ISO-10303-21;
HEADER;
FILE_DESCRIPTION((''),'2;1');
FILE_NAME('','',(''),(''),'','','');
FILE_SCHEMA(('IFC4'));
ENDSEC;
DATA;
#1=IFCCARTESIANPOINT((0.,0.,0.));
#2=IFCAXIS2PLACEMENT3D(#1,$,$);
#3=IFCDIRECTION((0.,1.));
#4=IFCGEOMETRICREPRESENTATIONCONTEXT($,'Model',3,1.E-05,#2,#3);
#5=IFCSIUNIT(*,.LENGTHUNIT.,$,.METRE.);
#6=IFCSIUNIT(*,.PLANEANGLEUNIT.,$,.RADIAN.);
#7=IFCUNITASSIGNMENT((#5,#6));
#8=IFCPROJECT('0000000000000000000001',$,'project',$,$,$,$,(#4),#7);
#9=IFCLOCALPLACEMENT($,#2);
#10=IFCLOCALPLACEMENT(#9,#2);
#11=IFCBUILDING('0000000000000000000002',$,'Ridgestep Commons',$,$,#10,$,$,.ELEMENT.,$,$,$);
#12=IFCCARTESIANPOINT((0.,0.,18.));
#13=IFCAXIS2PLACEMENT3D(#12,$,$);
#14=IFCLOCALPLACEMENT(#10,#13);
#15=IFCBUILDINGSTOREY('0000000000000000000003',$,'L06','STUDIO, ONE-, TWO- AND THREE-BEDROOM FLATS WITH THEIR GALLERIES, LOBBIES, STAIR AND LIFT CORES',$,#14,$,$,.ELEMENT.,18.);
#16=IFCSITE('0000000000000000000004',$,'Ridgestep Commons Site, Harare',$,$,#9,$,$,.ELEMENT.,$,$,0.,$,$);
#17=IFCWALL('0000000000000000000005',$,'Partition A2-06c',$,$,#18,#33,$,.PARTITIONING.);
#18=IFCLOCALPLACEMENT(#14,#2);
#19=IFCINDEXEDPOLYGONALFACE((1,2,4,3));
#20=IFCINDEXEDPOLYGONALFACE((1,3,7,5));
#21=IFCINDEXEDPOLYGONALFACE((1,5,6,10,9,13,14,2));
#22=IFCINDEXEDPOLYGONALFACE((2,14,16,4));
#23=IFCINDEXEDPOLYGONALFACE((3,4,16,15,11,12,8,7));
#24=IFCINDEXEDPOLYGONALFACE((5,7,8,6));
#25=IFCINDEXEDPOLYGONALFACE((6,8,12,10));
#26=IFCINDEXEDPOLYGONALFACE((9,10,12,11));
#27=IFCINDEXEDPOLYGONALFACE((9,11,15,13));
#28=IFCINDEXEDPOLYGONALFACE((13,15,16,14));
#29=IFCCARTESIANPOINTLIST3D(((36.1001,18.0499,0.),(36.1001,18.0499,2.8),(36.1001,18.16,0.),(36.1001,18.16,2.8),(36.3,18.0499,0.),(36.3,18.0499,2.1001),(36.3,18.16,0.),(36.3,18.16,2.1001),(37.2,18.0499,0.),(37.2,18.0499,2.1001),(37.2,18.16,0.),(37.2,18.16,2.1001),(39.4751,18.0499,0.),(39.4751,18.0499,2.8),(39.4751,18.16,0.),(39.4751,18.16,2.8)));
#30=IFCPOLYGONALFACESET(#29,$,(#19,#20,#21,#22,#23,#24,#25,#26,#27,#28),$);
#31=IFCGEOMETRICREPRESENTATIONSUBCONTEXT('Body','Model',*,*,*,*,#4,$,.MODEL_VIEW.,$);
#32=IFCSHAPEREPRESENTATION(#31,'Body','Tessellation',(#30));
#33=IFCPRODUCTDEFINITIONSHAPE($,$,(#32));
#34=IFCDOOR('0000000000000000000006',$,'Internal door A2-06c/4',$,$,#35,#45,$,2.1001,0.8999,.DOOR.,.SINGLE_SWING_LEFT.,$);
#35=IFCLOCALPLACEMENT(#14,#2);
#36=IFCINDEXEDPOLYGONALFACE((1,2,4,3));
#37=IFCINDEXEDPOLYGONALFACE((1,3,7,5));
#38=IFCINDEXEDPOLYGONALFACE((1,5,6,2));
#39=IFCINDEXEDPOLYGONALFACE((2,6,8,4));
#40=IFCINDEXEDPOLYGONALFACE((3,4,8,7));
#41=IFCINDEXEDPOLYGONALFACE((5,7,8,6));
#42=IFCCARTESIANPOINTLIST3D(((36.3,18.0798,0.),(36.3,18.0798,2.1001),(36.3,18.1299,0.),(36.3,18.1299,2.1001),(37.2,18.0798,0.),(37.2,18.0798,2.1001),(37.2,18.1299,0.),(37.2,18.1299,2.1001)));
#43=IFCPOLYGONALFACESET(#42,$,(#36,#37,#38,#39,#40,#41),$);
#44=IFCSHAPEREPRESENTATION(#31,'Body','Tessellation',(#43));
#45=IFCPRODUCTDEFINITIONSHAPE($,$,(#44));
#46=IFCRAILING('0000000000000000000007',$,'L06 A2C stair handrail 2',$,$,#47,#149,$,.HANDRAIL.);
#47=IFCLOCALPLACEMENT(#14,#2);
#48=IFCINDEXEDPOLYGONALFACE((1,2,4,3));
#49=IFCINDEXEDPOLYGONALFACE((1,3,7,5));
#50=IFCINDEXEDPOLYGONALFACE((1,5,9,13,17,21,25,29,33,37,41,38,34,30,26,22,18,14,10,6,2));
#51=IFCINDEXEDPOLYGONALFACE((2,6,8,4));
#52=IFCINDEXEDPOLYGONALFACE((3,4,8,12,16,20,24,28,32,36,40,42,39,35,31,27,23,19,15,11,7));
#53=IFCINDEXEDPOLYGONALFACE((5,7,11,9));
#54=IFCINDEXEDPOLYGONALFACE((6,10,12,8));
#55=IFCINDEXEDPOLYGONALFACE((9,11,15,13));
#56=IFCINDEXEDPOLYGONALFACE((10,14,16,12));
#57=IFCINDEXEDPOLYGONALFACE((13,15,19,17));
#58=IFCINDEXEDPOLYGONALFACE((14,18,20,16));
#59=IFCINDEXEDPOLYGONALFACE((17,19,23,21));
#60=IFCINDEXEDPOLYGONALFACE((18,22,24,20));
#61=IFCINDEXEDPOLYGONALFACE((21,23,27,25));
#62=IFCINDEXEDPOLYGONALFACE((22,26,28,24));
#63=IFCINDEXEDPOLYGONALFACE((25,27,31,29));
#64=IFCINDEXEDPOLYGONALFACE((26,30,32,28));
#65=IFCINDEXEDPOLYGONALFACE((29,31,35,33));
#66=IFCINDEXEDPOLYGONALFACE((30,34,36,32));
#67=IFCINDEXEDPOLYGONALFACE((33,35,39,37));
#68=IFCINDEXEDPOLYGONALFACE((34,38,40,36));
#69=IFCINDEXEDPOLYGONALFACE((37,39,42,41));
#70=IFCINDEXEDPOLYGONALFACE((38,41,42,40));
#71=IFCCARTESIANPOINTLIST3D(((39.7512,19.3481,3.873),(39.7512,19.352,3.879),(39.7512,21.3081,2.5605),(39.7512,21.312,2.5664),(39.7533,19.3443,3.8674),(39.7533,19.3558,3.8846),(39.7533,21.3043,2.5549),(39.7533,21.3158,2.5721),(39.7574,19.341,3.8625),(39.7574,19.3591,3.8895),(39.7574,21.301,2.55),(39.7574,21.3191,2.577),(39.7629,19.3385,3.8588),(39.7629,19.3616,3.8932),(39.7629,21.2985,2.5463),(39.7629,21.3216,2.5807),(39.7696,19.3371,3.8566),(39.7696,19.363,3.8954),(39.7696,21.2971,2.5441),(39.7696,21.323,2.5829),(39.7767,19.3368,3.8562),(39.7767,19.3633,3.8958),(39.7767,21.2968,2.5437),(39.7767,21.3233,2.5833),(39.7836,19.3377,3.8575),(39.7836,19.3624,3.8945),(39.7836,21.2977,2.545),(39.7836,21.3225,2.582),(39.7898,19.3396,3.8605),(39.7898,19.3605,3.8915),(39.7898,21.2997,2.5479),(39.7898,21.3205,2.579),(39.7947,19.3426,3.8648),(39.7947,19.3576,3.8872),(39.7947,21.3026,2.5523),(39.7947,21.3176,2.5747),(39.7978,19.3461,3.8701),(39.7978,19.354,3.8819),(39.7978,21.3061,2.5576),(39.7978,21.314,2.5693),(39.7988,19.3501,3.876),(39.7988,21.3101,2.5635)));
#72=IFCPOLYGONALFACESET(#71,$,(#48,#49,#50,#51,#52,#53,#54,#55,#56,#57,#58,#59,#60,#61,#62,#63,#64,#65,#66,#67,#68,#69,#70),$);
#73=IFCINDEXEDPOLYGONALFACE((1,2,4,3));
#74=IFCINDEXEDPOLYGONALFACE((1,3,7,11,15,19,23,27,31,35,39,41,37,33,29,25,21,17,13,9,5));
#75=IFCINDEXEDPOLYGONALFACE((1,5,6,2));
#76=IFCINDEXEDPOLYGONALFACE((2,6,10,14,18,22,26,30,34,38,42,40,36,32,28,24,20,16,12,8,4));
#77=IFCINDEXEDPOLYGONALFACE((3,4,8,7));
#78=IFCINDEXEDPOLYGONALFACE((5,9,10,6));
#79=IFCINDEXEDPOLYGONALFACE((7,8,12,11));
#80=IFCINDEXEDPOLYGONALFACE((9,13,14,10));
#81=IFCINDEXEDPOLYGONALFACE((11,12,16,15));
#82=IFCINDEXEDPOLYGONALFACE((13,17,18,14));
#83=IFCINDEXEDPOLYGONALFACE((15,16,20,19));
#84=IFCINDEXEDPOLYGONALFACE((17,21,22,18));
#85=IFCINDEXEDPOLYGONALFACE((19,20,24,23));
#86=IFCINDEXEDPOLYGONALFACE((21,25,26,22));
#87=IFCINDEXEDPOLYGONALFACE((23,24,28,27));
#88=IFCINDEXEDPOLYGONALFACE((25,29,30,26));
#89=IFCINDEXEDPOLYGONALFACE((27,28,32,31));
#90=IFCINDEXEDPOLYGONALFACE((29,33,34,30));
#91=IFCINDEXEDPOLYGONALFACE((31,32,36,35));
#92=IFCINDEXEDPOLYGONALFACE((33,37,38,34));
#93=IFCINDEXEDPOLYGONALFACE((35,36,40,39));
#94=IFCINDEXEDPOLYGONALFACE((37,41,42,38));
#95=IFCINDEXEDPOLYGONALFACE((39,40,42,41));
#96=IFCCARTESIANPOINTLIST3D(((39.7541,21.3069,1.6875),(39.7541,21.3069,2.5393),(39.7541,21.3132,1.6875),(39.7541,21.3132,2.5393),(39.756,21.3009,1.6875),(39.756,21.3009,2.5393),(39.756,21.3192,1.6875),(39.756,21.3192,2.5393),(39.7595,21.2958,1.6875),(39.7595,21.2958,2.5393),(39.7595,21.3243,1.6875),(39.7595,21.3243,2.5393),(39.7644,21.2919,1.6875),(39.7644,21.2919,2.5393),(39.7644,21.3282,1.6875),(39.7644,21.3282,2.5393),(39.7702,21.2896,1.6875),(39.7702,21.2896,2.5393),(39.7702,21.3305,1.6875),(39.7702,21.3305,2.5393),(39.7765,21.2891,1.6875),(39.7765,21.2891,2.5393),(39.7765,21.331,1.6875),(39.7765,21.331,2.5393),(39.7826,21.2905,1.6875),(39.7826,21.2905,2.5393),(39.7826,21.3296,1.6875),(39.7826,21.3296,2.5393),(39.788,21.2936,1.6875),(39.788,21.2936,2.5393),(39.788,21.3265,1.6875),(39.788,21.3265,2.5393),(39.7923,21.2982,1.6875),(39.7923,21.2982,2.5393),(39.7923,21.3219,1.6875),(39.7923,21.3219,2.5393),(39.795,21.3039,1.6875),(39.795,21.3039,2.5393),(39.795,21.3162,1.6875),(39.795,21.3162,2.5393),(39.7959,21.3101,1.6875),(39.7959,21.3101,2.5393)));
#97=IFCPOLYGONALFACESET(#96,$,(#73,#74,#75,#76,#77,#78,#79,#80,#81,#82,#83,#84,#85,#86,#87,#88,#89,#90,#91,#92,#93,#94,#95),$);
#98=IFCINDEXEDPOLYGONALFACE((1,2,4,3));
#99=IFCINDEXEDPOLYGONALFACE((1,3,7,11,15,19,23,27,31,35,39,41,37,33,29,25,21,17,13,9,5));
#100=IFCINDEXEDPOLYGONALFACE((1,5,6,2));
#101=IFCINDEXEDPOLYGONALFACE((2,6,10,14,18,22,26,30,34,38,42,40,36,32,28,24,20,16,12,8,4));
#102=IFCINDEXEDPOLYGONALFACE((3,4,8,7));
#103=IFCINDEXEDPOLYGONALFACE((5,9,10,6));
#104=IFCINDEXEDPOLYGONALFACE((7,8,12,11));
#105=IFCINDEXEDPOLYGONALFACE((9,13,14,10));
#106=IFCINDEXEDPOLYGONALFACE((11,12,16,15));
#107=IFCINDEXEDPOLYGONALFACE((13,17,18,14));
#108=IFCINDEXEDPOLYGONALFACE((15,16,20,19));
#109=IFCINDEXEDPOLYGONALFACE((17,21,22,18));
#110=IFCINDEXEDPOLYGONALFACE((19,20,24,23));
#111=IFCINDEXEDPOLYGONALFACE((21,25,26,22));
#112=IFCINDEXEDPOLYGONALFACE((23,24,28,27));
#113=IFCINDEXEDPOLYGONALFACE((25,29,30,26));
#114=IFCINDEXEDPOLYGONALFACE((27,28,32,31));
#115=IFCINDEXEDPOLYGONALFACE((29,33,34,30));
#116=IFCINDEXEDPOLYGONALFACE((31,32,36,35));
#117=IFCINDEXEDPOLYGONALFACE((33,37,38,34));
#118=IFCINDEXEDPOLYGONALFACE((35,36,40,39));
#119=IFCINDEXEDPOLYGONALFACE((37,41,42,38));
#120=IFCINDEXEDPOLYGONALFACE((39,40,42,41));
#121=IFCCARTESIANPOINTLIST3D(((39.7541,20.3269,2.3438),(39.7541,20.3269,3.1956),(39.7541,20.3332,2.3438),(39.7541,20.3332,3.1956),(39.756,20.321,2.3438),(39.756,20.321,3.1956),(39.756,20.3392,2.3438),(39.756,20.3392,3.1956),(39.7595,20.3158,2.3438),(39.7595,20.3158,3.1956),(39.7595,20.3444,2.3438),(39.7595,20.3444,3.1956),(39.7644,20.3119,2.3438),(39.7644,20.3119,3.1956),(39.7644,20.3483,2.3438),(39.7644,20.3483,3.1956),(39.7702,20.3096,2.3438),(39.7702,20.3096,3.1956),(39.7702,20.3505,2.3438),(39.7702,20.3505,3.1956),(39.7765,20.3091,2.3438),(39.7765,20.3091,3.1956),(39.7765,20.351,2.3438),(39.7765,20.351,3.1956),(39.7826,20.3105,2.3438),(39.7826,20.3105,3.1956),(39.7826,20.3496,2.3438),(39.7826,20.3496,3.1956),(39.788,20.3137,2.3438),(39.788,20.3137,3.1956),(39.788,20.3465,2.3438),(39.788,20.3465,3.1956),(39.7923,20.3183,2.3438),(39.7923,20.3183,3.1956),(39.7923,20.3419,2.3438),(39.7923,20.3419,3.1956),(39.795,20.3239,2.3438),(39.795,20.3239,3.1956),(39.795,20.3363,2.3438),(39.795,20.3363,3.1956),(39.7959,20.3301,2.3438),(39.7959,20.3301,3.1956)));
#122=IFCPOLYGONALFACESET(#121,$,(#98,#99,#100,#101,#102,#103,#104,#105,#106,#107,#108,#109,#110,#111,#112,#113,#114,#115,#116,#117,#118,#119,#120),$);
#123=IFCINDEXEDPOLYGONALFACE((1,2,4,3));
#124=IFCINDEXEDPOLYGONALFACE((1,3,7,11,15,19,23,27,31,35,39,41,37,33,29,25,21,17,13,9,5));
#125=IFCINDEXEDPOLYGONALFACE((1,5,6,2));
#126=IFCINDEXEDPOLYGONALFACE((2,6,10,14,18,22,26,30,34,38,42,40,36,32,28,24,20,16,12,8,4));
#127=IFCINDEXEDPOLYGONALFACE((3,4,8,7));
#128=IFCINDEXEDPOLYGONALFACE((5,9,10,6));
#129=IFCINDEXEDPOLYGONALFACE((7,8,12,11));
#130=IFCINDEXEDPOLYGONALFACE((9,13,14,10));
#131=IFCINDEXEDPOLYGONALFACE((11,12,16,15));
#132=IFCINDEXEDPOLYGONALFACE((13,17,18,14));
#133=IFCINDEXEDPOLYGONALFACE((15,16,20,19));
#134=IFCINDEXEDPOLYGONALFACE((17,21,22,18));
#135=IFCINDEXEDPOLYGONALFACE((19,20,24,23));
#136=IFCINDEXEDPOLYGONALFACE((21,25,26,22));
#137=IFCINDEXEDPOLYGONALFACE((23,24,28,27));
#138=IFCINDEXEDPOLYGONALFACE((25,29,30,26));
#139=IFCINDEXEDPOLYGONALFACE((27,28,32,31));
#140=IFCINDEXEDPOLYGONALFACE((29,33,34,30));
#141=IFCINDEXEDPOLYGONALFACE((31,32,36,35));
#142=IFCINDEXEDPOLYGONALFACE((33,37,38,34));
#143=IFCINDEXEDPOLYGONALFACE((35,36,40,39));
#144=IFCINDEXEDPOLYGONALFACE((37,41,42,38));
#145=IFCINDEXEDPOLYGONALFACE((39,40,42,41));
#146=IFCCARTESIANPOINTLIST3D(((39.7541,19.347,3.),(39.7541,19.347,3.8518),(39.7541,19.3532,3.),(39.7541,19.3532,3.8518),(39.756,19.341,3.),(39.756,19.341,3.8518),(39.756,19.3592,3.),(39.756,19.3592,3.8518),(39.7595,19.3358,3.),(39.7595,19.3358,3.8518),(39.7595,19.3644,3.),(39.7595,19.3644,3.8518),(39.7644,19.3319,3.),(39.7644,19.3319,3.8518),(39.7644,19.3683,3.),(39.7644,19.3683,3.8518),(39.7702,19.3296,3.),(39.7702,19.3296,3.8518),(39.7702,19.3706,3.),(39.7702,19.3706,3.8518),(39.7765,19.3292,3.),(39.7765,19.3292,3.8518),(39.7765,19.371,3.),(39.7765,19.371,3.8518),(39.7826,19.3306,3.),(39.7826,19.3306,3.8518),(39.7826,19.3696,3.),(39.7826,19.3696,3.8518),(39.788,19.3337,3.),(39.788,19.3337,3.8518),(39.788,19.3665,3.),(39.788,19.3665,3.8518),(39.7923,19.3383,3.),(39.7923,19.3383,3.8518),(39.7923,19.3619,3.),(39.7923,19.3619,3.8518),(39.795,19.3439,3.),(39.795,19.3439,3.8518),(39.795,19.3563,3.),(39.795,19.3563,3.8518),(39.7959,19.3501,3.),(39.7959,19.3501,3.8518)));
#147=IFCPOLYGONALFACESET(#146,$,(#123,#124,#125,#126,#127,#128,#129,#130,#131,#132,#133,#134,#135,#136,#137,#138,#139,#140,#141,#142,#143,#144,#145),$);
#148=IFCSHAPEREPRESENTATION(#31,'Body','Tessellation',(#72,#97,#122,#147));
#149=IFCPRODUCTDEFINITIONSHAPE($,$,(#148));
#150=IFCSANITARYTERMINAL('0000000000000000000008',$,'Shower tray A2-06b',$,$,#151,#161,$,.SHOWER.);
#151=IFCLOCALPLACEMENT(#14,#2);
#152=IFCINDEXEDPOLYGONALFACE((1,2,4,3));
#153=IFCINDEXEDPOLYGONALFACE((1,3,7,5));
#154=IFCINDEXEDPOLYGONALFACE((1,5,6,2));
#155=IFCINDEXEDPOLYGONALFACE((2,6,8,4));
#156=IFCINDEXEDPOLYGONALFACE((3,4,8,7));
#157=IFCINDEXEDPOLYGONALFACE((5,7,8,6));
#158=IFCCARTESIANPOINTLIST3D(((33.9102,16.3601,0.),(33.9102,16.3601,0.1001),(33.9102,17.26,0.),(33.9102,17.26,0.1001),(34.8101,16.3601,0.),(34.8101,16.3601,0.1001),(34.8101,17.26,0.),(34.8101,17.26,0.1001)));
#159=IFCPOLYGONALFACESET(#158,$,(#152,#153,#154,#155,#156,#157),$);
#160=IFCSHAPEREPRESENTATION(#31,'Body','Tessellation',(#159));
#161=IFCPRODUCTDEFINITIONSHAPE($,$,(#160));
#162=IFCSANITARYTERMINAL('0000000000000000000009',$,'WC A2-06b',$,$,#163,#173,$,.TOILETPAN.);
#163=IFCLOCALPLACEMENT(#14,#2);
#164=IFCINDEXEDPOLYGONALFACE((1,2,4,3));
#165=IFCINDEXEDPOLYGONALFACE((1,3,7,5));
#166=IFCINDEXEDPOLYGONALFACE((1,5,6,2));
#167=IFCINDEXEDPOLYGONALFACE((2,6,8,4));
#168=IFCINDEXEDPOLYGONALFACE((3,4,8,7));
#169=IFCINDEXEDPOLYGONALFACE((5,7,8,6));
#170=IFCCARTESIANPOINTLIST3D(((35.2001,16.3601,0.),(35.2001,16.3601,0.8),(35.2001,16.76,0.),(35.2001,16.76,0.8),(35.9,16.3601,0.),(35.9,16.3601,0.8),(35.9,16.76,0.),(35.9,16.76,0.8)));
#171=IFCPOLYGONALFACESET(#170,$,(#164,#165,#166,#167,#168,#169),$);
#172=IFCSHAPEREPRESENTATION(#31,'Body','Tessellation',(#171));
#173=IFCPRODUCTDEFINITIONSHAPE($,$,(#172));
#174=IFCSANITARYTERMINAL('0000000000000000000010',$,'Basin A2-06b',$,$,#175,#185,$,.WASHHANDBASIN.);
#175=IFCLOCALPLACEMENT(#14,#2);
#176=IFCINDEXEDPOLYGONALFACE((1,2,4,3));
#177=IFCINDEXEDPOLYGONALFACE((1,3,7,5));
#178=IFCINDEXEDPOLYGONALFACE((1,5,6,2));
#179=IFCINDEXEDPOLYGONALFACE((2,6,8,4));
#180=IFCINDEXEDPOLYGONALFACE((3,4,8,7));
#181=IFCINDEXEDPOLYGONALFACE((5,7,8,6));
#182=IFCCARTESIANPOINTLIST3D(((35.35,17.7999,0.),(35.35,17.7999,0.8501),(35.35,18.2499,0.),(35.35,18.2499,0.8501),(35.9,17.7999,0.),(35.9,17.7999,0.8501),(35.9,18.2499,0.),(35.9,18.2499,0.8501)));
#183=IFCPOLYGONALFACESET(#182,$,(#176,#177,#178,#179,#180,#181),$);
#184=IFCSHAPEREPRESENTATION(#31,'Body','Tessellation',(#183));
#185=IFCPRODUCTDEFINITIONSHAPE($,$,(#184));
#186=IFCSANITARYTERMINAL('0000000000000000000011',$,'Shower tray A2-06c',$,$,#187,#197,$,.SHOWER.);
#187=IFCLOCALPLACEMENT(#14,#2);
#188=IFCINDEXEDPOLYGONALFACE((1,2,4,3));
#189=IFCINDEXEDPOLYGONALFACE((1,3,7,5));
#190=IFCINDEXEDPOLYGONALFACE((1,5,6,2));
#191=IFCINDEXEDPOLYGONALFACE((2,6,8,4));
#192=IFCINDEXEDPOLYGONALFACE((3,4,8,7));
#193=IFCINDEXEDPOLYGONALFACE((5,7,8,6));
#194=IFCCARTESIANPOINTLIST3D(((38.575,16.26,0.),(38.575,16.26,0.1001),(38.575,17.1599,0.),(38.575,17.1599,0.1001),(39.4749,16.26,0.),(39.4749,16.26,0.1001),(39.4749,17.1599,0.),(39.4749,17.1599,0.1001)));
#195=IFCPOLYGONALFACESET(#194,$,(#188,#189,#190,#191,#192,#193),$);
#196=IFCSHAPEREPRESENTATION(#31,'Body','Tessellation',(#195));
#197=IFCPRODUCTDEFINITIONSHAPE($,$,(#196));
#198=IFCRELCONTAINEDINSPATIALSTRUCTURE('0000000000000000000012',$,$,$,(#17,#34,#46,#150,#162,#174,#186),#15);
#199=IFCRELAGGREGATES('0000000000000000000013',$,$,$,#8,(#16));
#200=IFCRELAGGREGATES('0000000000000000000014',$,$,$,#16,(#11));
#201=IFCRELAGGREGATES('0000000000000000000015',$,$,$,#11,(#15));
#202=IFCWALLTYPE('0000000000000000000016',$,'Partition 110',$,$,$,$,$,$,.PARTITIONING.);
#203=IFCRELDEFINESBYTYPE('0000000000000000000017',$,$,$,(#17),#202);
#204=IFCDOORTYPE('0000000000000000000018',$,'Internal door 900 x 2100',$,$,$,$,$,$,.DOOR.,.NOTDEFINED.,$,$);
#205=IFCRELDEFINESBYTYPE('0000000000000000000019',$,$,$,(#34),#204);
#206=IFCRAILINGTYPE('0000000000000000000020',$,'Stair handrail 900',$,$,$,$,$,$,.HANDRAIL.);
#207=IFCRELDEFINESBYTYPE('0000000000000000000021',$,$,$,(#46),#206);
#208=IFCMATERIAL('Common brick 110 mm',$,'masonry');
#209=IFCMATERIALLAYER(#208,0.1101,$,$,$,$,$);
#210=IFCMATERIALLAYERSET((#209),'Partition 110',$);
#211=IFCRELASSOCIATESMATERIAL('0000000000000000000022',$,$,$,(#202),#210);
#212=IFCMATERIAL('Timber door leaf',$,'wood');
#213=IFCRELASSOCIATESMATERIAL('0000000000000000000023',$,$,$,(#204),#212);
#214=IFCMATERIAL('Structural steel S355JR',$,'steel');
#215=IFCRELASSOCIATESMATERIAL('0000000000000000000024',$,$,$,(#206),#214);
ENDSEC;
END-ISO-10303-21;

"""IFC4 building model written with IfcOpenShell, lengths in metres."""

from ifc_helpers import new_model, si_unit, direction, frame, frame_2d, origin, origin_2d, place, context, subcontext, project, spatial, rectangle, circle, extrude, material, layer, layer_set, type_object, element, fill, save


model = new_model("IFC4")

# Units and contexts
model_context = context("Model", 3, precision=1e-05, world=origin(), true_north=direction((0.0, 1.0)))
body_context = subcontext(model_context, "Body", "Model", "MODEL_VIEW")
ifc_project = project(units=[si_unit("LENGTHUNIT", "METRE"), si_unit("PLANEANGLEUNIT", "RADIAN")], contexts=[model_context])

# Site, building, storey
site_placement = place(None, origin())
site = spatial("IfcSite", under=ifc_project, at=site_placement, Name="Ridgestep Commons Site, Harare", CompositionType="ELEMENT", RefElevation=0.0)
building_placement = place(site_placement, origin())
building = spatial("IfcBuilding", under=site, at=building_placement, Name="Ridgestep Commons", CompositionType="ELEMENT")
storey_placement = place(building_placement, frame((0.0, 0.0, 18.0)))
storey = spatial("IfcBuildingStorey", under=building, at=storey_placement, Name="L06", Description="STUDIO, ONE-, TWO- AND THREE-BEDROOM FLATS WITH THEIR GALLERIES, LOBBIES, STAIR AND LIFT CORES", CompositionType="ELEMENT", Elevation=18.0)

# Wall, opening, door
ifc_material_1 = material(Name="Common brick 110 mm", Category="masonry")
ifc_layer_1 = layer(ifc_material_1, 0.1101)
ifc_layer_set_1 = layer_set([ifc_layer_1], Name="Partition 110")
wall_type_1 = type_object("IfcWallType", Name="Partition 110", PredefinedType="PARTITIONING", material=ifc_layer_set_1)
wall_1_placement = place(storey_placement, frame((36.1001, 18.105, 0.0), z_axis=(0.0, 0.0, 1.0), x_axis=(1.0, 0.0, 0.0)))
wall_1 = element("IfcWall", 1, at=wall_1_placement, inside=storey, type_object=wall_type_1, Name="Partition A2-06c", PredefinedType="PARTITIONING", context=body_context, shape_type="SweptSolid", body=[
    extrude(rectangle(XDim=3.375, YDim=0.1101, at=frame_2d((1.6875, 0.0))), origin(), (0.0, 0.0, 1.0), 2.8),
])
opening_1_placement = place(wall_1_placement, frame((0.2, 0.0, 0.0)))
opening_1 = element("IfcOpeningElement", 2, at=opening_1_placement, cuts=wall_1, PredefinedType="OPENING", context=body_context, shape_type="SweptSolid", body=[
    extrude(rectangle(XDim=0.8999, YDim=2.1001, at=frame_2d((0.45, 1.05))), frame((0.0, 0.0649, 0.0), z_axis=(0.0, -1.0, 0.0), x_axis=(1.0, 0.0, 0.0)), (0.0, 0.0, 1.0), 0.1301),
])
ifc_material_2 = material(Name="Timber door leaf", Category="wood")
door_type_1 = type_object("IfcDoorType", Name="Internal door 900 x 2100", OperationType="NOTDEFINED", PredefinedType="DOOR", material=ifc_material_2)
door_1_placement = place(opening_1_placement, origin())
door_1 = element("IfcDoor", 3, at=door_1_placement, inside=storey, type_object=door_type_1, Name="Internal door A2-06c/4", OperationType="SINGLE_SWING_LEFT", OverallHeight=2.1001, OverallWidth=0.8999, PredefinedType="DOOR", context=body_context, shape_type="SweptSolid", body=[
    extrude(rectangle(XDim=0.8999, YDim=2.1001, at=frame_2d((0.45, 1.05))), frame((0.0, 0.0249, 0.0), z_axis=(0.0, -1.0, 0.0), x_axis=(1.0, 0.0, 0.0)), (0.0, 0.0, 1.0), 0.05),
])
fill(opening_1, door_1)

# Railing
ifc_material_3 = material(Name="Structural steel S355JR", Category="steel")
railing_type = type_object("IfcRailingType", Name="Stair handrail 900", PredefinedType="HANDRAIL", material=ifc_material_3)
railing_placement = place(storey_placement, frame((39.7749, 21.3101, 1.6875)))
element("IfcRailing", 4, at=railing_placement, inside=storey, type_object=railing_type, Name="L06 A2C stair handrail 2", PredefinedType="HANDRAIL", context=body_context, shape_type="SweptSolid", body=[
    extrude(circle(Radius=0.0239, at=origin_2d()), frame((0.0, 0.0, 0.876), z_axis=(0.0, -0.830902, 0.556419), x_axis=(1.0, 0.0, 0.0)), (0.0, 0.0, 1.0), 2.3589),
    extrude(circle(Radius=0.021, at=origin_2d()), origin(), (0.0, 0.0, 1.0), 0.8518),
    extrude(circle(Radius=0.021, at=origin_2d()), frame((0.0, -0.98, 0.6562)), (0.0, 0.0, 1.0), 0.8518),
    extrude(circle(Radius=0.021, at=origin_2d()), frame((0.0, -1.96, 1.3125)), (0.0, 0.0, 1.0), 0.8518),
])

# Sanitary terminals
sanitary_terminal_1_placement = place(storey_placement, frame((34.3601, 16.8101, 0.0), z_axis=(0.0, 0.0, 1.0), x_axis=(1.0, 0.0, 0.0)))
element("IfcSanitaryTerminal", 5, at=sanitary_terminal_1_placement, inside=storey, Name="Shower tray A2-06b", PredefinedType="SHOWER", context=body_context, shape_type="SweptSolid", body=[
    extrude(rectangle(XDim=0.8999, YDim=0.8999, at=origin_2d()), origin(), (0.0, 0.0, 1.0), 0.1001),
])
sanitary_terminal_2_placement = place(storey_placement, frame((35.55, 16.5601, 0.0), z_axis=(0.0, 0.0, 1.0), x_axis=(1.0, 0.0, 0.0)))
element("IfcSanitaryTerminal", 6, at=sanitary_terminal_2_placement, inside=storey, Name="WC A2-06b", PredefinedType="TOILETPAN", context=body_context, shape_type="SweptSolid", body=[
    extrude(rectangle(XDim=0.7, YDim=0.3999, at=origin_2d()), origin(), (0.0, 0.0, 1.0), 0.8),
])
sanitary_terminal_3_placement = place(storey_placement, frame((35.625, 18.0249, 0.0), z_axis=(0.0, 0.0, 1.0), x_axis=(1.0, 0.0, 0.0)))
element("IfcSanitaryTerminal", 7, at=sanitary_terminal_3_placement, inside=storey, Name="Basin A2-06b", PredefinedType="WASHHANDBASIN", context=body_context, shape_type="SweptSolid", body=[
    extrude(rectangle(XDim=0.55, YDim=0.45, at=origin_2d()), origin(), (0.0, 0.0, 1.0), 0.8501),
])
sanitary_terminal_4_placement = place(storey_placement, frame((39.0249, 16.71, 0.0), z_axis=(0.0, 0.0, 1.0), x_axis=(1.0, 0.0, 0.0)))
element("IfcSanitaryTerminal", 8, at=sanitary_terminal_4_placement, inside=storey, Name="Shower tray A2-06c", PredefinedType="SHOWER", context=body_context, shape_type="SweptSolid", body=[
    extrude(rectangle(XDim=0.8999, YDim=0.8999, at=origin_2d()), origin(), (0.0, 0.0, 1.0), 0.1001),
])

save(model, "model.ifc")
